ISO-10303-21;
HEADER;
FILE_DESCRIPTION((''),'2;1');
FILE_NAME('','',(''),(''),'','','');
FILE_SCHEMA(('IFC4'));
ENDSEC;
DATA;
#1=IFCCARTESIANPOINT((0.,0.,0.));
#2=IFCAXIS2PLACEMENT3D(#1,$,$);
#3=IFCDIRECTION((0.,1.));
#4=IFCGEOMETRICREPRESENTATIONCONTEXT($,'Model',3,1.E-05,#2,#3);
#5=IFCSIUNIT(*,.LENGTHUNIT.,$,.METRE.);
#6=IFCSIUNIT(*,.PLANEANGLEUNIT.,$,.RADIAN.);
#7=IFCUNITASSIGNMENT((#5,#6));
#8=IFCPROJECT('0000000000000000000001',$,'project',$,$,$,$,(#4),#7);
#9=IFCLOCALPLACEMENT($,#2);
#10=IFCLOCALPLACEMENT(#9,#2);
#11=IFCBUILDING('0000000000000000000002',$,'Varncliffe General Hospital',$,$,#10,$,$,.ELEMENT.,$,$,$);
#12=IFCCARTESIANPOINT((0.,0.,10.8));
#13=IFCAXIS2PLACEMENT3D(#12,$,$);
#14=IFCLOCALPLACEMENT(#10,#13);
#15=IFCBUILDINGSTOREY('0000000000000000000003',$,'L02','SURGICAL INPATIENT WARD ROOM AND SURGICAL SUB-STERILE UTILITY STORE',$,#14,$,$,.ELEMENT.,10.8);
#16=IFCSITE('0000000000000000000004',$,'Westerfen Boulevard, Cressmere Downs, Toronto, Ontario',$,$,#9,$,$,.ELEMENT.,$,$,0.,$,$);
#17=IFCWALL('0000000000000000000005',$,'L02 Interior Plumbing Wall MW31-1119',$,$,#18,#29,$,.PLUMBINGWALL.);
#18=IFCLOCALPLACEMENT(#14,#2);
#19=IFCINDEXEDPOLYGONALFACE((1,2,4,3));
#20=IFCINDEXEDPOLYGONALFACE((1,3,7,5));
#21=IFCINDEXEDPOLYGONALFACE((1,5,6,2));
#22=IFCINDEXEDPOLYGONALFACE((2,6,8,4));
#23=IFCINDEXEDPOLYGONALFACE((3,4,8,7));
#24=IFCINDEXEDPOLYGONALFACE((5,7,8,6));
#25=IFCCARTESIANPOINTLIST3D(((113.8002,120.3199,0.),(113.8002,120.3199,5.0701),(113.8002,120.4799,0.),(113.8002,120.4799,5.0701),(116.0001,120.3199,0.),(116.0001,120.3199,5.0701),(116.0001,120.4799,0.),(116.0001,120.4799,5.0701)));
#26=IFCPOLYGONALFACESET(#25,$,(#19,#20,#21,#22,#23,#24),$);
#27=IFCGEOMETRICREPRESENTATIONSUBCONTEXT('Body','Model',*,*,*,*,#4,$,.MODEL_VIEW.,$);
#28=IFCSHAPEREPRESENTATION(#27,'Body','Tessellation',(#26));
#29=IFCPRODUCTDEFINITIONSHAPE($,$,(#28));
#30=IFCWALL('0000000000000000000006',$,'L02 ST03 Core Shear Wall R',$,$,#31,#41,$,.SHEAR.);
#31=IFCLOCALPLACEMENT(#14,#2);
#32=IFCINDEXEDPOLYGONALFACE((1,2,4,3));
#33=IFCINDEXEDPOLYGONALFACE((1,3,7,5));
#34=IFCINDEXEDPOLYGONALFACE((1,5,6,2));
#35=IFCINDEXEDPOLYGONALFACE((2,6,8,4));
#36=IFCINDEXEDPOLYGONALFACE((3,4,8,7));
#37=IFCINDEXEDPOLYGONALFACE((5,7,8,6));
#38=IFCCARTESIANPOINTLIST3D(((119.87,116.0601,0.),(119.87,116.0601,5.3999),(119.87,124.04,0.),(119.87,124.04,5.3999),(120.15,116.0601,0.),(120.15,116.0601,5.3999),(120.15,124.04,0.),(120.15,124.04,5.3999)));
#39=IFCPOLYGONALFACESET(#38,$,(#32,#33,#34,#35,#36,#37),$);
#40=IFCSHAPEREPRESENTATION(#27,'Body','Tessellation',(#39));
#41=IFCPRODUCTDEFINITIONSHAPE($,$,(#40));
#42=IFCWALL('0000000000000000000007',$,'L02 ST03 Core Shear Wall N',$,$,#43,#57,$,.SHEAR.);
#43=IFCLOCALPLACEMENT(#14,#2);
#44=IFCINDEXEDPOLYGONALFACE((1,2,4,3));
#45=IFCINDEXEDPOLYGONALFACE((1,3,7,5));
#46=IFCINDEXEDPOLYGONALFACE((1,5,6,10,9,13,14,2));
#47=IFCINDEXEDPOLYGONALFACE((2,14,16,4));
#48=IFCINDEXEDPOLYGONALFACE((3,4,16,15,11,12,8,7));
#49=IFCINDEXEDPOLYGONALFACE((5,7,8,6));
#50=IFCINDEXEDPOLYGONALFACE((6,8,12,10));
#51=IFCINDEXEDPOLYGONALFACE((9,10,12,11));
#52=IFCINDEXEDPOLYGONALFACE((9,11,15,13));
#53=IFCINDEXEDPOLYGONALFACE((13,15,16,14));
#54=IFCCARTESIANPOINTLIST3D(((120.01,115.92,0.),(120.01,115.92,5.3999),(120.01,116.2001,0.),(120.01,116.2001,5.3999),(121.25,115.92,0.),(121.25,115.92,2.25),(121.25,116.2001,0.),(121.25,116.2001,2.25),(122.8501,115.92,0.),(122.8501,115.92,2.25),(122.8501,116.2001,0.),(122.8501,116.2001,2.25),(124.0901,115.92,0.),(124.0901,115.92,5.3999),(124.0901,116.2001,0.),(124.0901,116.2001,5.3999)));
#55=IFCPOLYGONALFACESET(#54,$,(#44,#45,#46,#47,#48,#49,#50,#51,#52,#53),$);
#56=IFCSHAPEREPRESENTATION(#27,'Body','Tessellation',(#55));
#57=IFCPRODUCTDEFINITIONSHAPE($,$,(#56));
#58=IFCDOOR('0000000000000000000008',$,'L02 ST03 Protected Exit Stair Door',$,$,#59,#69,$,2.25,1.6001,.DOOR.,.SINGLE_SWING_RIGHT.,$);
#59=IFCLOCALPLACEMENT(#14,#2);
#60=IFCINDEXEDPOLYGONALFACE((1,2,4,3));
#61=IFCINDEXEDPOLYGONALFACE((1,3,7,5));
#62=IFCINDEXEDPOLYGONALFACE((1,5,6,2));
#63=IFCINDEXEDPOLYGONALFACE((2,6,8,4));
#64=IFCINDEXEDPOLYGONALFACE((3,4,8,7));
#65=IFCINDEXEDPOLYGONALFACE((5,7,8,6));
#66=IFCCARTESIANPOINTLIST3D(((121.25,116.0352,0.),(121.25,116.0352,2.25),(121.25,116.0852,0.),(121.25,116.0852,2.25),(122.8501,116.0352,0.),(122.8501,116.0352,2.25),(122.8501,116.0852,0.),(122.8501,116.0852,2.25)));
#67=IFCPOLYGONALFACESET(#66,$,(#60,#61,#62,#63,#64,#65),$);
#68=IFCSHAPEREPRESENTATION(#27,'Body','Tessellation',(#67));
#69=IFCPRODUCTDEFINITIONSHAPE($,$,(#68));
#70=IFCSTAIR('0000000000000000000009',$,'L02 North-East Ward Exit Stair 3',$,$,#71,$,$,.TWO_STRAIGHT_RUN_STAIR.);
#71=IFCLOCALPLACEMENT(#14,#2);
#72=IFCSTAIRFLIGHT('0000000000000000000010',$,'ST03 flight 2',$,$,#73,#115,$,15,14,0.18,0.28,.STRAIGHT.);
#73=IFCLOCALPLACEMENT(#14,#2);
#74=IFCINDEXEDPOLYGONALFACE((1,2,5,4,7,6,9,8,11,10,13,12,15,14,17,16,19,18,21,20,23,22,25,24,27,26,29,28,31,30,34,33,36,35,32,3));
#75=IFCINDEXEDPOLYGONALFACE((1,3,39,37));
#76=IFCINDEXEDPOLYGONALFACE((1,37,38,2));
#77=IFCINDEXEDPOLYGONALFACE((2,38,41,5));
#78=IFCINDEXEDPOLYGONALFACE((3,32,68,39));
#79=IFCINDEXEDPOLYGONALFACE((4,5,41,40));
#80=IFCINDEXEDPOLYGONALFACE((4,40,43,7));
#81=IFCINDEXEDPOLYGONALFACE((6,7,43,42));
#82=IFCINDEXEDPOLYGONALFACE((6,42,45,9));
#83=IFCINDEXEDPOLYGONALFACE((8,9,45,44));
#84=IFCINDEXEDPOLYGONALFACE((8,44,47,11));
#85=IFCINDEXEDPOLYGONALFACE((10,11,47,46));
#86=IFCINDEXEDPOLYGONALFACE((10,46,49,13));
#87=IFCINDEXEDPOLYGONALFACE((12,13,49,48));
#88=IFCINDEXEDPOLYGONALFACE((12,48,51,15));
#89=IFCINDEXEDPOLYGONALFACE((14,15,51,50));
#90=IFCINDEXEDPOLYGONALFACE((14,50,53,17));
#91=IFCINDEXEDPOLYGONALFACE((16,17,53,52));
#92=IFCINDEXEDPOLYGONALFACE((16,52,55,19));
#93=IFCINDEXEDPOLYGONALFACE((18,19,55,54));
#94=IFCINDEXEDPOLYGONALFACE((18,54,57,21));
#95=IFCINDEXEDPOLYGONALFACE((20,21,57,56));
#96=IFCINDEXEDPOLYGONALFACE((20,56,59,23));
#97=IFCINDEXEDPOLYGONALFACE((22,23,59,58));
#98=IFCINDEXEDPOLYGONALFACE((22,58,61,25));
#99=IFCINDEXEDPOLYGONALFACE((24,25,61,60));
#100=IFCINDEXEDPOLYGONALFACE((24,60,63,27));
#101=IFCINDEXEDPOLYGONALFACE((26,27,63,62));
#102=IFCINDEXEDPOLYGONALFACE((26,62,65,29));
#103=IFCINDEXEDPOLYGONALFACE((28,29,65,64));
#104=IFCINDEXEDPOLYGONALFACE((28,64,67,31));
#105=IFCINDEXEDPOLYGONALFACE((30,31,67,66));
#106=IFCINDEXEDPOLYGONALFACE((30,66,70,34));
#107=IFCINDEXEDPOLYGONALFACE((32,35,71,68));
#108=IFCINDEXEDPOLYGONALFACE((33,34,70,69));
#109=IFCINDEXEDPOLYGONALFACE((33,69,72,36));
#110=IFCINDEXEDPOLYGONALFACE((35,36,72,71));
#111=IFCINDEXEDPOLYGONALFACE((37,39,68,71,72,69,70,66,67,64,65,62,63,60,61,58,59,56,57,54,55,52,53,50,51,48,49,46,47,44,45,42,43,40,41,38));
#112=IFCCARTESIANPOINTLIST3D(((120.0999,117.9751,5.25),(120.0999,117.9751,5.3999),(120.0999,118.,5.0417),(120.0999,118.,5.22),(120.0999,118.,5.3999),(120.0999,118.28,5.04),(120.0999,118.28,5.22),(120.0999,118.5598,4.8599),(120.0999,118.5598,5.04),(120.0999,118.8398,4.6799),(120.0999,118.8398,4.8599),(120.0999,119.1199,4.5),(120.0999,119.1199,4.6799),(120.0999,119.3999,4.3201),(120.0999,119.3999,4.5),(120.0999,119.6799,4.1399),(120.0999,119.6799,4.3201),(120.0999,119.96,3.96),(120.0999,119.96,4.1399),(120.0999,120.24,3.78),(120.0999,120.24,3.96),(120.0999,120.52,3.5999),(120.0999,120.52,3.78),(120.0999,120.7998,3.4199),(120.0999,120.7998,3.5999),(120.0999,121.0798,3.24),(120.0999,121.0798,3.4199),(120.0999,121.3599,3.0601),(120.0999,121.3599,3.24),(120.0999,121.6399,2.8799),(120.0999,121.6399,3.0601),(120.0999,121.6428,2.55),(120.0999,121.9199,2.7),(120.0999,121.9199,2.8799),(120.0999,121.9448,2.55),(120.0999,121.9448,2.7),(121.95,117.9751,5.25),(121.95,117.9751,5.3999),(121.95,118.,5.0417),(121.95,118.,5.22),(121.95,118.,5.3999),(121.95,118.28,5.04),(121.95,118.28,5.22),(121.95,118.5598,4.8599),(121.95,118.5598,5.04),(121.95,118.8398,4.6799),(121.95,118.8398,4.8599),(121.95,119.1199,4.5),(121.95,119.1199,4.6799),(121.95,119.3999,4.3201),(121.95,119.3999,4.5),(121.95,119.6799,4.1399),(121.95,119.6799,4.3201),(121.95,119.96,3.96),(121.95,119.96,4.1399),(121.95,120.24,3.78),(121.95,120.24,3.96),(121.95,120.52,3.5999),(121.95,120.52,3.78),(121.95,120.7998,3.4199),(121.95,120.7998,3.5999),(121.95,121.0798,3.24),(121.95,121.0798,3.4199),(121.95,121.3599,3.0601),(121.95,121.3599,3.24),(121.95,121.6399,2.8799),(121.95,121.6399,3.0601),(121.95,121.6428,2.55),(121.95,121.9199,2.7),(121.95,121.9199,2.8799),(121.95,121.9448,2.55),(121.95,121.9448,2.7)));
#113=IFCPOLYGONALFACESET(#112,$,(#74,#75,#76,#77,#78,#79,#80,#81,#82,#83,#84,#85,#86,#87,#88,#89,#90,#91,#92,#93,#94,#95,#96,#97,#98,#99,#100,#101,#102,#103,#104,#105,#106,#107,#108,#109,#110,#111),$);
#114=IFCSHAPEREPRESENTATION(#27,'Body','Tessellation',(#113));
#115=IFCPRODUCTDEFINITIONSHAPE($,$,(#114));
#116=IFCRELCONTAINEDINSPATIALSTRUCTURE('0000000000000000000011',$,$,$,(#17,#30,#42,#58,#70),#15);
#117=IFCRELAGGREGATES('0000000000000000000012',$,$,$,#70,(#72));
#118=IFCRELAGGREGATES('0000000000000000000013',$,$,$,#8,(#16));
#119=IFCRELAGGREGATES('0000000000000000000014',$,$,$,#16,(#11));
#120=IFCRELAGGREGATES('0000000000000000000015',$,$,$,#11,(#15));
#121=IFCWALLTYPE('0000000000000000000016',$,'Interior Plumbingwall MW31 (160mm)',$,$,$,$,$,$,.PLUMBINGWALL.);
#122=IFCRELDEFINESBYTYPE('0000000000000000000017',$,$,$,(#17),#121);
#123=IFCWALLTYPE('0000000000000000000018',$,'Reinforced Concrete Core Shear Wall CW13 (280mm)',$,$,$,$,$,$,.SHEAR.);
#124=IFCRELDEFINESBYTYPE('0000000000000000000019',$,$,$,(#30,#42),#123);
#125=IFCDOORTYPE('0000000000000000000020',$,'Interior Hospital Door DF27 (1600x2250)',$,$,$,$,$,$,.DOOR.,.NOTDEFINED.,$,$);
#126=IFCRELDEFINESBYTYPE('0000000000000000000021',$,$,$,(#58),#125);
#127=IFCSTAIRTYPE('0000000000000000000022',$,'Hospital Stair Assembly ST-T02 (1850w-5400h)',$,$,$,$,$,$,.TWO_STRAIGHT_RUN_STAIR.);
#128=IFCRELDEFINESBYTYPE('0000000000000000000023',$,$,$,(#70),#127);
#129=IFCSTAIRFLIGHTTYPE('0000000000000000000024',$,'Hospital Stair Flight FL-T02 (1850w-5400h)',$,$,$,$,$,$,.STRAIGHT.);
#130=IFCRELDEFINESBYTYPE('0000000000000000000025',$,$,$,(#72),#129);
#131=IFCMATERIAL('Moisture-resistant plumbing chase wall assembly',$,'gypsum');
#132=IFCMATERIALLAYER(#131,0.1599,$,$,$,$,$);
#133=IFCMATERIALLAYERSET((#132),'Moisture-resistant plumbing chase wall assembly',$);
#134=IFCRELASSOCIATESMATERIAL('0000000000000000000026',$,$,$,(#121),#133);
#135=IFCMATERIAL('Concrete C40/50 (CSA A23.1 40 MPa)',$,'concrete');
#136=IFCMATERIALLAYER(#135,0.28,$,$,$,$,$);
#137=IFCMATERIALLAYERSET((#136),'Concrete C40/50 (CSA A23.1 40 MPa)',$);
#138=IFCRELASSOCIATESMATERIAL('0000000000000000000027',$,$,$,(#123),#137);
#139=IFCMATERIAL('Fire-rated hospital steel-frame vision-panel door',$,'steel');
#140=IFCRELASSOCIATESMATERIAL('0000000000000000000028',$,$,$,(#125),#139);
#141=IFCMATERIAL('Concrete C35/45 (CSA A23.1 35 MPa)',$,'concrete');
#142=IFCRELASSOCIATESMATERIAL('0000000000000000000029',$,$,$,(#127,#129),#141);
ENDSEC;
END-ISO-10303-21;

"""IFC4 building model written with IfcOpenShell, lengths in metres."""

from ifc_helpers import new_model, si_unit, direction, frame, frame_2d, origin, place, context, subcontext, project, spatial, polyline, rectangle, outline, extrude, material, layer, layer_set, type_object, element, fill, aggregate, save


model = new_model("IFC4")

# Units and contexts
model_context = context("Model", 3, precision=1e-05, world=origin(), true_north=direction((0.0, 1.0)))
body_context = subcontext(model_context, "Body", "Model", "MODEL_VIEW")
ifc_project = project(units=[si_unit("LENGTHUNIT", "METRE"), si_unit("PLANEANGLEUNIT", "RADIAN")], contexts=[model_context])

# Site, building, storey
site_placement = place(None, origin())
site = spatial("IfcSite", under=ifc_project, at=site_placement, Name="Westerfen Boulevard, Cressmere Downs, Toronto, Ontario", CompositionType="ELEMENT", RefElevation=0.0)
building_placement = place(site_placement, origin())
building = spatial("IfcBuilding", under=site, at=building_placement, Name="Varncliffe General Hospital", CompositionType="ELEMENT")
storey_placement = place(building_placement, frame((0.0, 0.0, 10.8)))
storey = spatial("IfcBuildingStorey", under=building, at=storey_placement, Name="L02", Description="SURGICAL INPATIENT WARD ROOM AND SURGICAL SUB-STERILE UTILITY STORE", CompositionType="ELEMENT", Elevation=10.8)

# Shared definitions
ifc_material_1 = material(Name="Concrete C40/50 (CSA A23.1 40 MPa)", Category="concrete")

# Shared definitions
ifc_material_2 = material(Name="Concrete C35/45 (CSA A23.1 35 MPa)", Category="concrete")

# Shared definitions
ifc_material_3 = material(Name="Fire-rated hospital steel-frame vision-panel door", Category="steel")

# Walls
ifc_material_4 = material(Name="Moisture-resistant plumbing chase wall assembly", Category="gypsum")
ifc_layer_1 = layer(ifc_material_4, 0.1599)
ifc_layer_set_1 = layer_set([ifc_layer_1], Name="Moisture-resistant plumbing chase wall assembly")
wall_type_1 = type_object("IfcWallType", Name="Interior Plumbingwall MW31 (160mm)", PredefinedType="PLUMBINGWALL", material=ifc_layer_set_1)
wall_1_placement = place(storey_placement, frame((113.8, 120.3999, 0.0), z_axis=(0.0, 0.0, 1.0), x_axis=(1.0, 0.0, 0.0)))
element("IfcWall", 1, at=wall_1_placement, inside=storey, type_object=wall_type_1, Name="L02 Interior Plumbing Wall MW31-1119", PredefinedType="PLUMBINGWALL", context=body_context, shape_type="SweptSolid", body=[
    extrude(rectangle(XDim=2.2, YDim=0.1599, at=frame_2d((1.1001, 0.0))), origin(), (0.0, 0.0, 1.0), 5.0701),
])
ifc_layer_2 = layer(ifc_material_1, 0.28)
ifc_layer_set_2 = layer_set([ifc_layer_2], Name="Concrete C40/50 (CSA A23.1 40 MPa)")
wall_type_2 = type_object("IfcWallType", Name="Reinforced Concrete Core Shear Wall CW13 (280mm)", PredefinedType="SHEAR", material=ifc_layer_set_2)
wall_2_placement = place(storey_placement, frame((120.01, 124.04, 0.0), z_axis=(0.0, 0.0, 1.0), x_axis=(0.0, -1.0, 0.0)))
element("IfcWall", 2, at=wall_2_placement, inside=storey, type_object=wall_type_2, Name="L02 ST03 Core Shear Wall R", PredefinedType="SHEAR", context=body_context, shape_type="SweptSolid", body=[
    extrude(rectangle(XDim=7.98, YDim=0.28, at=frame_2d((3.99, 0.0))), origin(), (0.0, 0.0, 1.0), 5.3999),
])

# Wall, opening, door
wall_3_placement = place(storey_placement, frame((120.01, 116.0601, 0.0), z_axis=(0.0, 0.0, 1.0), x_axis=(1.0, 0.0, 0.0)))
wall_3 = element("IfcWall", 3, at=wall_3_placement, inside=storey, type_object=wall_type_2, Name="L02 ST03 Core Shear Wall N", PredefinedType="SHEAR", context=body_context, shape_type="SweptSolid", body=[
    extrude(rectangle(XDim=4.0801, YDim=0.28, at=frame_2d((2.04, 0.0))), origin(), (0.0, 0.0, 1.0), 5.3999),
])
opening_1_placement = place(wall_3_placement, frame((1.24, 0.0, 0.0)))
opening_1 = element("IfcOpeningElement", 4, at=opening_1_placement, cuts=wall_3, PredefinedType="OPENING", context=body_context, shape_type="SweptSolid", body=[
    extrude(rectangle(XDim=1.6001, YDim=2.25, at=frame_2d((0.8, 1.125))), frame((0.0, 0.1499, 0.0), z_axis=(0.0, -1.0, 0.0), x_axis=(1.0, 0.0, 0.0)), (0.0, 0.0, 1.0), 0.3),
])
door_type_1 = type_object("IfcDoorType", Name="Interior Hospital Door DF27 (1600x2250)", OperationType="NOTDEFINED", PredefinedType="DOOR", material=ifc_material_3)
door_1_placement = place(opening_1_placement, frame((1.6001, 0.0, 0.0), z_axis=(0.0, 0.0, 1.0), x_axis=(-1.0, 0.0, 0.0)))
door_1 = element("IfcDoor", 5, at=door_1_placement, inside=storey, type_object=door_type_1, Name="L02 ST03 Protected Exit Stair Door", OperationType="SINGLE_SWING_RIGHT", OverallHeight=2.25, OverallWidth=1.6001, PredefinedType="DOOR", context=body_context, shape_type="SweptSolid", body=[
    extrude(rectangle(XDim=1.6001, YDim=2.25, at=frame_2d((0.8, 1.125))), frame((0.0, 0.0249, 0.0), z_axis=(0.0, -1.0, 0.0), x_axis=(1.0, 0.0, 0.0)), (0.0, 0.0, 1.0), 0.05),
])
fill(opening_1, door_1)

# Stair, stair flight
stair_type = type_object("IfcStairType", Name="Hospital Stair Assembly ST-T02 (1850w-5400h)", PredefinedType="TWO_STRAIGHT_RUN_STAIR", material=ifc_material_2)
stair_placement = place(storey_placement, origin())
stair = element("IfcStair", 6, at=stair_placement, inside=storey, type_object=stair_type, Name="L02 North-East Ward Exit Stair 3", PredefinedType="TWO_STRAIGHT_RUN_STAIR")
stair_flight_type = type_object("IfcStairFlightType", Name="Hospital Stair Flight FL-T02 (1850w-5400h)", PredefinedType="STRAIGHT", material=ifc_material_2)
stair_flight_placement = place(storey_placement, frame((121.0249, 121.9199, 2.7), z_axis=(0.0, 0.0, 1.0), x_axis=(0.0, -1.0, 0.0)))
stair_flight = element("IfcStairFlight", 7, at=stair_flight_placement, type_object=stair_flight_type, Name="ST03 flight 2", NumberOfRisers=15, NumberOfTreads=14, PredefinedType="STRAIGHT", RiserHeight=0.18, TreadLength=0.28, context=body_context, shape_type="SweptSolid", body=[
    extrude(outline(polyline([(-0.0249, -0.1499), (-0.0249, 0.0), (0.0, 0.0), (0.0, 0.1799), (0.28, 0.1799), (0.28, 0.3601), (0.5601, 0.3601), (0.5601, 0.54), (0.8401, 0.54), (0.8401, 0.72), (1.1201, 0.72), (1.1201, 0.8999), (1.3999, 0.8999), (1.3999, 1.0801), (1.6799, 1.0801), (1.6799, 1.26), (1.96, 1.26), (1.96, 1.4399), (2.24, 1.4399), (2.24, 1.6201), (2.52, 1.6201), (2.52, 1.8), (2.8, 1.8), (2.8, 1.98), (3.0801, 1.98), (3.0801, 2.1599), (3.3601, 2.1599), (3.3601, 2.3401), (3.6399, 2.3401), (3.6399, 2.52), (3.9199, 2.52), (3.9199, 2.7), (3.9448, 2.7), (3.9448, 2.55), (3.9199, 2.3418), (0.2771, -0.1499), (-0.0249, -0.1499)])), frame((0.0, 0.925, 0.0), z_axis=(0.0, -1.0, 0.0), x_axis=(1.0, 0.0, 0.0)), (0.0, 0.0, 1.0), 1.8501),
])
aggregate(stair, [stair_flight])

save(model, "model.ifc")
